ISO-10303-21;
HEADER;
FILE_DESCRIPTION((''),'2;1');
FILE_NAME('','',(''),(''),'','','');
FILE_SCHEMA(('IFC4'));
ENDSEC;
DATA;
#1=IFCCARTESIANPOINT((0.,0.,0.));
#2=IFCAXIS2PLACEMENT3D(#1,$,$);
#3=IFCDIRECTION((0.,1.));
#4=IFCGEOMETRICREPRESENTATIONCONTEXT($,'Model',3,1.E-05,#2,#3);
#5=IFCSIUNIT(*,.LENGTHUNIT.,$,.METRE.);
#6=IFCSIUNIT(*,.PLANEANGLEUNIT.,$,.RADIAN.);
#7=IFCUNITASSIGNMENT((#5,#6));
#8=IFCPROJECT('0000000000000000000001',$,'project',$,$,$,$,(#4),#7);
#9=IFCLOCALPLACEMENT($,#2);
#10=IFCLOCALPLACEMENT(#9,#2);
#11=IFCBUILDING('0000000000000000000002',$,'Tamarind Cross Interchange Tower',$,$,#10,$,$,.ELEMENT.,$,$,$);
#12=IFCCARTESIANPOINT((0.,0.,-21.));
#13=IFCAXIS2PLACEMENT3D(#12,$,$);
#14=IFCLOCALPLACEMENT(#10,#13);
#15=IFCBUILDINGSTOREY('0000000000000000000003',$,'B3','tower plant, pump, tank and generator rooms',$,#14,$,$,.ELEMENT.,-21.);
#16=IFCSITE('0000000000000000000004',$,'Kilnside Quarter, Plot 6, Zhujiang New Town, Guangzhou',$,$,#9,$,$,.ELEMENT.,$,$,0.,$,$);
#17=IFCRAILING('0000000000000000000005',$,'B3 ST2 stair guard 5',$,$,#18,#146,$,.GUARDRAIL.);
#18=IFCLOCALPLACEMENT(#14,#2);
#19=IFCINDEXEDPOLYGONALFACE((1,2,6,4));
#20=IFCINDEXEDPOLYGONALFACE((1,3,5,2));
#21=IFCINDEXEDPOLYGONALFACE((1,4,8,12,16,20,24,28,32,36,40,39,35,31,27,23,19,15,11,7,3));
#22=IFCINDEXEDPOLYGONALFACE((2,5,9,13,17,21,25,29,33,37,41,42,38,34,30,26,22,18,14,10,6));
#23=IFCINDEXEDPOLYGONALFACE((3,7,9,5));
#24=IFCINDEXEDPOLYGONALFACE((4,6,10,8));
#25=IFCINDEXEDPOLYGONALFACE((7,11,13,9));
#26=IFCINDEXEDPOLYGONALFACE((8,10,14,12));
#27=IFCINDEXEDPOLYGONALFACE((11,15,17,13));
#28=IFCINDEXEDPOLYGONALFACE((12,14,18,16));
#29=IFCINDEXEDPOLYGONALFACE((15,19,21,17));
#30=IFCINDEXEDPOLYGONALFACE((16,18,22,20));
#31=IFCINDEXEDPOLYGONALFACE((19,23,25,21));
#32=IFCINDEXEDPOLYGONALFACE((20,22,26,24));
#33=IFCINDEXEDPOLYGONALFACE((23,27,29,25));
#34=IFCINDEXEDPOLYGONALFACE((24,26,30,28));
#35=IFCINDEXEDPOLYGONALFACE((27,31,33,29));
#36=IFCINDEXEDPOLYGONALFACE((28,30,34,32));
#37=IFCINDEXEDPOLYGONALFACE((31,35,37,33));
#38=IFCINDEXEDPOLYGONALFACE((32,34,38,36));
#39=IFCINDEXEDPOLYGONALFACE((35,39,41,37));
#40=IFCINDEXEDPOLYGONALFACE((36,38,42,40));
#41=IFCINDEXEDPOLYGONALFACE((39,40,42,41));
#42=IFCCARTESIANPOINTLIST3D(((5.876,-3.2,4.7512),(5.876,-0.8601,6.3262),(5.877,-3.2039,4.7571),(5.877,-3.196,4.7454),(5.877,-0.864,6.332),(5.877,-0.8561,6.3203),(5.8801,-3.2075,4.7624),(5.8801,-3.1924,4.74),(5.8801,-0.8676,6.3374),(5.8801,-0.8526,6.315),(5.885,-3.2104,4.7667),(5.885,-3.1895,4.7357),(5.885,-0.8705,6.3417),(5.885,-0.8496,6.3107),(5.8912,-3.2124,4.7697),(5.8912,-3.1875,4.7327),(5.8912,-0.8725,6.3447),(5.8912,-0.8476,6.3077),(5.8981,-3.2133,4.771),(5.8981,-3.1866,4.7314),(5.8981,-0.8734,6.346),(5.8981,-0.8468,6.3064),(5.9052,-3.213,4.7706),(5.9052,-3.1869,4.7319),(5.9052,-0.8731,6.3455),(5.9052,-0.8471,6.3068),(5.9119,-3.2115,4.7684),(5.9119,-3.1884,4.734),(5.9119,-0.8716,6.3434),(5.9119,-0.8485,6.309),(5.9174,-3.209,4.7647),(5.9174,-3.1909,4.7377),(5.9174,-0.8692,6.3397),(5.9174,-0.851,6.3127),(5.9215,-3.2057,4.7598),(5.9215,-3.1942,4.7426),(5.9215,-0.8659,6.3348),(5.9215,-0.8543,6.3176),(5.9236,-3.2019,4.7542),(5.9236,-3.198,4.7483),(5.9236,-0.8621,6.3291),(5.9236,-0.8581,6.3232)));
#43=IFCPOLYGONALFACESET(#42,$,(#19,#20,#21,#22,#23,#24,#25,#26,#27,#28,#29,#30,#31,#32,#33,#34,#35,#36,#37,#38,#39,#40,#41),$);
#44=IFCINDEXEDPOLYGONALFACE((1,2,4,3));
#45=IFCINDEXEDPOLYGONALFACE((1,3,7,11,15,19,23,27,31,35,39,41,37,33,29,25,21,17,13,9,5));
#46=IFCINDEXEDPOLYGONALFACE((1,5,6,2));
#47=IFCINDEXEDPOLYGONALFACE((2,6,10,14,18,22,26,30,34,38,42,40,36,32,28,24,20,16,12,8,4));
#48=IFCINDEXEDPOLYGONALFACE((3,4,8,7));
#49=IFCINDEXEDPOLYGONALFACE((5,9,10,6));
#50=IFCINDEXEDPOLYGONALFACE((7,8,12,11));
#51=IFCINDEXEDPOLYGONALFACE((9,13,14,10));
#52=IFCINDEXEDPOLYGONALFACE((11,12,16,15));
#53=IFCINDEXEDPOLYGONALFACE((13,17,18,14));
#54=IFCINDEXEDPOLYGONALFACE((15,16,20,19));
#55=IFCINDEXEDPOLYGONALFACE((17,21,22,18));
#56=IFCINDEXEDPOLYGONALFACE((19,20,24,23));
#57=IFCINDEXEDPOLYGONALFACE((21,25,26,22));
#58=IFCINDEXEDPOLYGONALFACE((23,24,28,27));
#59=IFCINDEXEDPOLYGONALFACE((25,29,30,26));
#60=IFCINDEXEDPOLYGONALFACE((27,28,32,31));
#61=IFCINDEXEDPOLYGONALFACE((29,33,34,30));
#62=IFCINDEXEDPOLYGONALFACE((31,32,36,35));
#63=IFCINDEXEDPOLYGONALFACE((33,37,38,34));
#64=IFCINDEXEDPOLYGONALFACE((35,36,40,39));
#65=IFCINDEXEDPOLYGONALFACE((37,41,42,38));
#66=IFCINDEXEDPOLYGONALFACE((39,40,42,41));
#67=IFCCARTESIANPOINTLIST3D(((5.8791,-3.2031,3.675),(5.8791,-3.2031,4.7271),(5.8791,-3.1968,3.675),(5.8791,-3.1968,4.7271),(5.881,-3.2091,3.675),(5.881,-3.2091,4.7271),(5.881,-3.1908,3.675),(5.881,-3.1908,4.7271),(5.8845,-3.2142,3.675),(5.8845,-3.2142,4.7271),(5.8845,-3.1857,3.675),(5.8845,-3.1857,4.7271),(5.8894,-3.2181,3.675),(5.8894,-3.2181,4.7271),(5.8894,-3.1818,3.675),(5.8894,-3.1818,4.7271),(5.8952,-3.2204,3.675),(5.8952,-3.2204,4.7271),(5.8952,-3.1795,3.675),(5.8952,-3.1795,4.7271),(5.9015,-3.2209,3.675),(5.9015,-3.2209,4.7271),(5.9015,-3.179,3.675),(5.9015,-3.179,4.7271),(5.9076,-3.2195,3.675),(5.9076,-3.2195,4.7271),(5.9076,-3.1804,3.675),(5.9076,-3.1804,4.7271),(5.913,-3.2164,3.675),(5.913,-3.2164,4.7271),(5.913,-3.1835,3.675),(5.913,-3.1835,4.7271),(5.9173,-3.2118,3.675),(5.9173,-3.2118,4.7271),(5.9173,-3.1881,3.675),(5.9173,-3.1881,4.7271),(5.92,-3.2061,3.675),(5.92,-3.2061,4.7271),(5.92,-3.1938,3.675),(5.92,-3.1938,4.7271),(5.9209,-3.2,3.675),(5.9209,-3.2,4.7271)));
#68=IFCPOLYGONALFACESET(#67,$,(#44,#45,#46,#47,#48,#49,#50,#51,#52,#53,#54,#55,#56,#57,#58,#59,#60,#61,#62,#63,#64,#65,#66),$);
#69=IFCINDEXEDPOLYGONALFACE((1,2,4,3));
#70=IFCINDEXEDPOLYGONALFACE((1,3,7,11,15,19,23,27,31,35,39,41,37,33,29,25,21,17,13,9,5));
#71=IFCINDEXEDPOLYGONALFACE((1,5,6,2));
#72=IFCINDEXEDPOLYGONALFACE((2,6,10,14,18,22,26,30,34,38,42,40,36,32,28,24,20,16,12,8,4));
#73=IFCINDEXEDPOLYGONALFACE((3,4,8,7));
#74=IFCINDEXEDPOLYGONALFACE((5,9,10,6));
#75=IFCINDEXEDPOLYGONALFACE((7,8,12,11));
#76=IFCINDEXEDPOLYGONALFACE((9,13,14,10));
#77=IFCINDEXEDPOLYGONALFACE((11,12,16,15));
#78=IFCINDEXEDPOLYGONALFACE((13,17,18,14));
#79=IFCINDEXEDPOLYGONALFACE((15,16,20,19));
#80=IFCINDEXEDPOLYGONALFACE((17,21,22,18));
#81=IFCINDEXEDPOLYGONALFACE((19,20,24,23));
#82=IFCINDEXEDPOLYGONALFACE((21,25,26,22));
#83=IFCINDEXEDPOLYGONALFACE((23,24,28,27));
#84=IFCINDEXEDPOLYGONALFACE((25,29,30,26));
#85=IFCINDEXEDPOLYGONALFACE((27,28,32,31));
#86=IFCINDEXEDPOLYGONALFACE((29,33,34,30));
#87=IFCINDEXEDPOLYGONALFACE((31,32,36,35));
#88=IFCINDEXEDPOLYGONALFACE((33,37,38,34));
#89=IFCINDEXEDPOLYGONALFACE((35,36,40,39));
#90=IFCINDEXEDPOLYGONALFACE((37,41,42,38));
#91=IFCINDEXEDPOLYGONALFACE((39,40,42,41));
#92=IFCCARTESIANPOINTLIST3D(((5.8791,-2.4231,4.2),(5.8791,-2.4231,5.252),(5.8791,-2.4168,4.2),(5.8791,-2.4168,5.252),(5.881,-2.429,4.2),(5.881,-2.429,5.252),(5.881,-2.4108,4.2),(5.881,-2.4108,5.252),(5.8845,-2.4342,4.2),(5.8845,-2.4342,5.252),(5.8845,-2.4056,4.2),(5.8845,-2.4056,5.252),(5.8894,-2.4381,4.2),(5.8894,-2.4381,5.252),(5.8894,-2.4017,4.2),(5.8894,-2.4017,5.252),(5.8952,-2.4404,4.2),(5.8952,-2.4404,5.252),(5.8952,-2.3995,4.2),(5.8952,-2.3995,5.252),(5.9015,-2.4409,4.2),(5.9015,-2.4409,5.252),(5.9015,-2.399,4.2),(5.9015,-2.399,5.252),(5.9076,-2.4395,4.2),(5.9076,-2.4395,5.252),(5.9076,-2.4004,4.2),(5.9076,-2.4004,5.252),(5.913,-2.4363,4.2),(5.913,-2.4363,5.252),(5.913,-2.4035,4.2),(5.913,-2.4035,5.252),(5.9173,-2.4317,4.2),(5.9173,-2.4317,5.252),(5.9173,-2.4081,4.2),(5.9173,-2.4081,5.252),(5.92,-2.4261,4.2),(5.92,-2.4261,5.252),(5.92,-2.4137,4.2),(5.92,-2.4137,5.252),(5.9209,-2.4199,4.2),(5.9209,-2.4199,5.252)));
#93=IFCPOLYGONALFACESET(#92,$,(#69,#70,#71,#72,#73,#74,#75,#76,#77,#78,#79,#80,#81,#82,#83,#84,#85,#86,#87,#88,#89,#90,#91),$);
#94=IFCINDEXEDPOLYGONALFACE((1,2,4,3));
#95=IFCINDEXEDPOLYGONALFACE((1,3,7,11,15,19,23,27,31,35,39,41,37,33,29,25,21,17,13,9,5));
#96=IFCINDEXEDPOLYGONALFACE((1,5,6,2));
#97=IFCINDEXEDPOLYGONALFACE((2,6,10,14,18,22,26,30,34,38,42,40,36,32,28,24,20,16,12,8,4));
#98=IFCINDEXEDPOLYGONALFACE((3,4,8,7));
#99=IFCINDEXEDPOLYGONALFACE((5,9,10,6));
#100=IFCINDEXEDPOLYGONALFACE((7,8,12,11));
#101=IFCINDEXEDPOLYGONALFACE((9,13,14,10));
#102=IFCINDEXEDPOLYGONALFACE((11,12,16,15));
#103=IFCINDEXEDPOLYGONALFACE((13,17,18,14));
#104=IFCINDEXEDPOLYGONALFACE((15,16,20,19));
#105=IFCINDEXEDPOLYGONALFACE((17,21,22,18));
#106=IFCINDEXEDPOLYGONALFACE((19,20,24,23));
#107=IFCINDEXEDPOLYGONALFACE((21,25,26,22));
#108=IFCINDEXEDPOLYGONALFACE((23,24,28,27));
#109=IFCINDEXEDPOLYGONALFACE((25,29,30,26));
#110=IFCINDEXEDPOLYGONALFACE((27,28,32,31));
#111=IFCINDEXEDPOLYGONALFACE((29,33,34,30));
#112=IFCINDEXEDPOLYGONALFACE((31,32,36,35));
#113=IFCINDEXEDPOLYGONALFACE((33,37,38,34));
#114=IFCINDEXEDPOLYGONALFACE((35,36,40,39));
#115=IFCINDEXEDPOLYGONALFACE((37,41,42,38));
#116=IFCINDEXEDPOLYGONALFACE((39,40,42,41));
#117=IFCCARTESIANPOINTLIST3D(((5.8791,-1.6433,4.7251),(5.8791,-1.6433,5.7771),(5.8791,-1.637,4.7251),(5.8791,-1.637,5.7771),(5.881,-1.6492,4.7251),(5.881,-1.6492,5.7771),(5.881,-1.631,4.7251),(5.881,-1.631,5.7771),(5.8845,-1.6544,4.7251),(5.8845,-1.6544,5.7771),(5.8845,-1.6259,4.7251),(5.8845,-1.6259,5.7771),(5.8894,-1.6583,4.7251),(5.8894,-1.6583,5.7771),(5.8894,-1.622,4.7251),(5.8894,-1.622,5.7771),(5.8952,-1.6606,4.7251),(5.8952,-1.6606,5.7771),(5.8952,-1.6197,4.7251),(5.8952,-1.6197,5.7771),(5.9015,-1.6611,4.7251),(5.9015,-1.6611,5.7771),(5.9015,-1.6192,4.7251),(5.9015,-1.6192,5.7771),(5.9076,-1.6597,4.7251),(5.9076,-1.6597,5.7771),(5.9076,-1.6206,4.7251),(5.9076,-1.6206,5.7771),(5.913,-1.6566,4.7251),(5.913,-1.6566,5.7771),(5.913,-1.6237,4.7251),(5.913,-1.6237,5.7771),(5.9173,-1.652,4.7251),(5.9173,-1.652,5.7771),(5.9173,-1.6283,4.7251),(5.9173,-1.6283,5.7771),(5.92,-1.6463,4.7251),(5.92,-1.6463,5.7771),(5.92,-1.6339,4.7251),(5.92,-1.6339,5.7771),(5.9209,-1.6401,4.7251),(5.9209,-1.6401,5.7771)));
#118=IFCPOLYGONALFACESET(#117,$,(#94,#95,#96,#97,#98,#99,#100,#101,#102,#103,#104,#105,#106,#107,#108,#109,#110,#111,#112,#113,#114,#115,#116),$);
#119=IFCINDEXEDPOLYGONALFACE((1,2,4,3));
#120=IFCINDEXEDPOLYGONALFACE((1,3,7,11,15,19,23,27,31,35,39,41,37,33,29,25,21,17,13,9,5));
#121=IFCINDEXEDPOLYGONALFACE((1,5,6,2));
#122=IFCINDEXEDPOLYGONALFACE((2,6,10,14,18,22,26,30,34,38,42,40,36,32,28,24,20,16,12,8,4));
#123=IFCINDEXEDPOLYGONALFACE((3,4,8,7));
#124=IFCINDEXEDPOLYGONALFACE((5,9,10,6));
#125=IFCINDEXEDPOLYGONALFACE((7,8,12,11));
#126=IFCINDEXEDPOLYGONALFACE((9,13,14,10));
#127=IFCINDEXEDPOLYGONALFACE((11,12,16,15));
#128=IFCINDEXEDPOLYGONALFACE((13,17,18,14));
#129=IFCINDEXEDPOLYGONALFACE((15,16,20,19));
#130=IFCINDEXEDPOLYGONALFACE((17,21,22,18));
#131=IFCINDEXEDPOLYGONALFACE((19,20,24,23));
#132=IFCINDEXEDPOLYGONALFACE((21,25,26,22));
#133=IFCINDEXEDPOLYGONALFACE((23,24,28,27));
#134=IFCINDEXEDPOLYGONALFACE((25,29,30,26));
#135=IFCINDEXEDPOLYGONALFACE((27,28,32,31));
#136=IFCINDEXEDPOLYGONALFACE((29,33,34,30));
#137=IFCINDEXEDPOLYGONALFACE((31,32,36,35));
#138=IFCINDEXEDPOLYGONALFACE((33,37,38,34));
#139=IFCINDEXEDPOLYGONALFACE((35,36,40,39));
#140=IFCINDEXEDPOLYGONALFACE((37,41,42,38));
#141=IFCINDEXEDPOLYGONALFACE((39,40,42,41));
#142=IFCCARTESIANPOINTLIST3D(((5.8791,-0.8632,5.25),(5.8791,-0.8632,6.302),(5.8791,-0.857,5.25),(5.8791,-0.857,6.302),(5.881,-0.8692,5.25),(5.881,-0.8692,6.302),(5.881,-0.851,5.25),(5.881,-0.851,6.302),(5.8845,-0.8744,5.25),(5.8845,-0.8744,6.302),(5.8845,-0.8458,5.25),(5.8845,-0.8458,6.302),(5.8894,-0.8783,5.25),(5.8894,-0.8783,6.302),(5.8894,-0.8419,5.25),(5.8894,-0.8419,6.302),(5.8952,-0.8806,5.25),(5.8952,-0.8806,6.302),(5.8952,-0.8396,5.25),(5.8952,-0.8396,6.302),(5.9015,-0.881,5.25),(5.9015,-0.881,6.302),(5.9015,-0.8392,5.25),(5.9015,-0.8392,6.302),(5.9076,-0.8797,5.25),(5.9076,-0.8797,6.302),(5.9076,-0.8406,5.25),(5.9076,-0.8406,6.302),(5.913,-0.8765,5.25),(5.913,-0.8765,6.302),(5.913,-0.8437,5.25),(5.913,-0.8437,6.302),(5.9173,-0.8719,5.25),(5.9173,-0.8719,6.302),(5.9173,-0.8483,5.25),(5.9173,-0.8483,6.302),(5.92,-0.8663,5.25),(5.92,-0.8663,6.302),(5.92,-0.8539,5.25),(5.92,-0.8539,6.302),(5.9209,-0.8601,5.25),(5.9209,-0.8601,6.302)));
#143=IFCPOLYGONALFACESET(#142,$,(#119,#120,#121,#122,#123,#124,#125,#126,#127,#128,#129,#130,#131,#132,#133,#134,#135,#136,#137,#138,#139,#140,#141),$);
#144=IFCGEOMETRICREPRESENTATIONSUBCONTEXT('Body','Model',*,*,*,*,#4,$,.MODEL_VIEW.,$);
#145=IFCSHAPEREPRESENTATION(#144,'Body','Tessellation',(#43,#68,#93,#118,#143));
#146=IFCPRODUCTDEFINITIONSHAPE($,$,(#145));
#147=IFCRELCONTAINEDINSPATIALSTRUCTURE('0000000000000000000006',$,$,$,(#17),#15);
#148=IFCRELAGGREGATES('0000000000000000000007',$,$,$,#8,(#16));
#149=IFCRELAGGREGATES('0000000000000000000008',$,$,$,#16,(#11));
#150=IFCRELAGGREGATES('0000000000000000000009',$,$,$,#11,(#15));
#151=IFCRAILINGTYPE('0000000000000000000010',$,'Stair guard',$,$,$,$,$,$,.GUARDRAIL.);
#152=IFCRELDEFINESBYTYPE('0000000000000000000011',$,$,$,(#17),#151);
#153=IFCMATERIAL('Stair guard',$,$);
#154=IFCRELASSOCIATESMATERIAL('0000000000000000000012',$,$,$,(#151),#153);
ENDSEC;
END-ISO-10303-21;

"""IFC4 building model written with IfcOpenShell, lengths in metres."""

from ifc_helpers import new_model, si_unit, direction, frame, origin, origin_2d, place, context, subcontext, project, spatial, circle, extrude, material, type_object, element, save


model = new_model("IFC4")

# Units and contexts
model_context = context("Model", 3, precision=1e-05, world=origin(), true_north=direction((0.0, 1.0)))
body_context = subcontext(model_context, "Body", "Model", "MODEL_VIEW")
ifc_project = project(units=[si_unit("LENGTHUNIT", "METRE"), si_unit("PLANEANGLEUNIT", "RADIAN")], contexts=[model_context])

# Site, building, storey
site_placement = place(None, origin())
site = spatial("IfcSite", under=ifc_project, at=site_placement, Name="Kilnside Quarter, Plot 6, Zhujiang New Town, Guangzhou", CompositionType="ELEMENT", RefElevation=0.0)
building_placement = place(site_placement, origin())
building = spatial("IfcBuilding", under=site, at=building_placement, Name="Tamarind Cross Interchange Tower", CompositionType="ELEMENT")
storey_placement = place(building_placement, frame((0.0, 0.0, -21.0)))
storey = spatial("IfcBuildingStorey", under=building, at=storey_placement, Name="B3", Description="tower plant, pump, tank and generator rooms", CompositionType="ELEMENT", Elevation=-21.0)

# Railing
ifc_material_1 = material(Name="Stair guard")
railing_type_1 = type_object("IfcRailingType", Name="Stair guard", PredefinedType="GUARDRAIL", material=ifc_material_1)
railing_1_placement = place(storey_placement, frame((5.8999, -3.2, 3.675)))
element("IfcRailing", 1, at=railing_1_placement, inside=storey, type_object=railing_type_1, Name="B3 ST2 stair guard 5", PredefinedType="GUARDRAIL", context=body_context, shape_type="SweptSolid", body=[
    extrude(circle(Radius=0.0239, at=origin_2d()), frame((0.0, 0.0, 1.0762), z_axis=(0.0, 0.829578, 0.55839), x_axis=(-1.0, 0.0, 0.0)), (0.0, 0.0, 1.0), 2.8206),
    extrude(circle(Radius=0.021, at=origin_2d()), origin(), (0.0, 0.0, 1.0), 1.052),
    extrude(circle(Radius=0.021, at=origin_2d()), frame((0.0, 0.78, 0.5249)), (0.0, 0.0, 1.0), 1.052),
    extrude(circle(Radius=0.021, at=origin_2d()), frame((0.0, 1.5598, 1.05)), (0.0, 0.0, 1.0), 1.052),
    extrude(circle(Radius=0.021, at=origin_2d()), frame((0.0, 2.3398, 1.575)), (0.0, 0.0, 1.0), 1.052),
])

save(model, "model.ifc")
